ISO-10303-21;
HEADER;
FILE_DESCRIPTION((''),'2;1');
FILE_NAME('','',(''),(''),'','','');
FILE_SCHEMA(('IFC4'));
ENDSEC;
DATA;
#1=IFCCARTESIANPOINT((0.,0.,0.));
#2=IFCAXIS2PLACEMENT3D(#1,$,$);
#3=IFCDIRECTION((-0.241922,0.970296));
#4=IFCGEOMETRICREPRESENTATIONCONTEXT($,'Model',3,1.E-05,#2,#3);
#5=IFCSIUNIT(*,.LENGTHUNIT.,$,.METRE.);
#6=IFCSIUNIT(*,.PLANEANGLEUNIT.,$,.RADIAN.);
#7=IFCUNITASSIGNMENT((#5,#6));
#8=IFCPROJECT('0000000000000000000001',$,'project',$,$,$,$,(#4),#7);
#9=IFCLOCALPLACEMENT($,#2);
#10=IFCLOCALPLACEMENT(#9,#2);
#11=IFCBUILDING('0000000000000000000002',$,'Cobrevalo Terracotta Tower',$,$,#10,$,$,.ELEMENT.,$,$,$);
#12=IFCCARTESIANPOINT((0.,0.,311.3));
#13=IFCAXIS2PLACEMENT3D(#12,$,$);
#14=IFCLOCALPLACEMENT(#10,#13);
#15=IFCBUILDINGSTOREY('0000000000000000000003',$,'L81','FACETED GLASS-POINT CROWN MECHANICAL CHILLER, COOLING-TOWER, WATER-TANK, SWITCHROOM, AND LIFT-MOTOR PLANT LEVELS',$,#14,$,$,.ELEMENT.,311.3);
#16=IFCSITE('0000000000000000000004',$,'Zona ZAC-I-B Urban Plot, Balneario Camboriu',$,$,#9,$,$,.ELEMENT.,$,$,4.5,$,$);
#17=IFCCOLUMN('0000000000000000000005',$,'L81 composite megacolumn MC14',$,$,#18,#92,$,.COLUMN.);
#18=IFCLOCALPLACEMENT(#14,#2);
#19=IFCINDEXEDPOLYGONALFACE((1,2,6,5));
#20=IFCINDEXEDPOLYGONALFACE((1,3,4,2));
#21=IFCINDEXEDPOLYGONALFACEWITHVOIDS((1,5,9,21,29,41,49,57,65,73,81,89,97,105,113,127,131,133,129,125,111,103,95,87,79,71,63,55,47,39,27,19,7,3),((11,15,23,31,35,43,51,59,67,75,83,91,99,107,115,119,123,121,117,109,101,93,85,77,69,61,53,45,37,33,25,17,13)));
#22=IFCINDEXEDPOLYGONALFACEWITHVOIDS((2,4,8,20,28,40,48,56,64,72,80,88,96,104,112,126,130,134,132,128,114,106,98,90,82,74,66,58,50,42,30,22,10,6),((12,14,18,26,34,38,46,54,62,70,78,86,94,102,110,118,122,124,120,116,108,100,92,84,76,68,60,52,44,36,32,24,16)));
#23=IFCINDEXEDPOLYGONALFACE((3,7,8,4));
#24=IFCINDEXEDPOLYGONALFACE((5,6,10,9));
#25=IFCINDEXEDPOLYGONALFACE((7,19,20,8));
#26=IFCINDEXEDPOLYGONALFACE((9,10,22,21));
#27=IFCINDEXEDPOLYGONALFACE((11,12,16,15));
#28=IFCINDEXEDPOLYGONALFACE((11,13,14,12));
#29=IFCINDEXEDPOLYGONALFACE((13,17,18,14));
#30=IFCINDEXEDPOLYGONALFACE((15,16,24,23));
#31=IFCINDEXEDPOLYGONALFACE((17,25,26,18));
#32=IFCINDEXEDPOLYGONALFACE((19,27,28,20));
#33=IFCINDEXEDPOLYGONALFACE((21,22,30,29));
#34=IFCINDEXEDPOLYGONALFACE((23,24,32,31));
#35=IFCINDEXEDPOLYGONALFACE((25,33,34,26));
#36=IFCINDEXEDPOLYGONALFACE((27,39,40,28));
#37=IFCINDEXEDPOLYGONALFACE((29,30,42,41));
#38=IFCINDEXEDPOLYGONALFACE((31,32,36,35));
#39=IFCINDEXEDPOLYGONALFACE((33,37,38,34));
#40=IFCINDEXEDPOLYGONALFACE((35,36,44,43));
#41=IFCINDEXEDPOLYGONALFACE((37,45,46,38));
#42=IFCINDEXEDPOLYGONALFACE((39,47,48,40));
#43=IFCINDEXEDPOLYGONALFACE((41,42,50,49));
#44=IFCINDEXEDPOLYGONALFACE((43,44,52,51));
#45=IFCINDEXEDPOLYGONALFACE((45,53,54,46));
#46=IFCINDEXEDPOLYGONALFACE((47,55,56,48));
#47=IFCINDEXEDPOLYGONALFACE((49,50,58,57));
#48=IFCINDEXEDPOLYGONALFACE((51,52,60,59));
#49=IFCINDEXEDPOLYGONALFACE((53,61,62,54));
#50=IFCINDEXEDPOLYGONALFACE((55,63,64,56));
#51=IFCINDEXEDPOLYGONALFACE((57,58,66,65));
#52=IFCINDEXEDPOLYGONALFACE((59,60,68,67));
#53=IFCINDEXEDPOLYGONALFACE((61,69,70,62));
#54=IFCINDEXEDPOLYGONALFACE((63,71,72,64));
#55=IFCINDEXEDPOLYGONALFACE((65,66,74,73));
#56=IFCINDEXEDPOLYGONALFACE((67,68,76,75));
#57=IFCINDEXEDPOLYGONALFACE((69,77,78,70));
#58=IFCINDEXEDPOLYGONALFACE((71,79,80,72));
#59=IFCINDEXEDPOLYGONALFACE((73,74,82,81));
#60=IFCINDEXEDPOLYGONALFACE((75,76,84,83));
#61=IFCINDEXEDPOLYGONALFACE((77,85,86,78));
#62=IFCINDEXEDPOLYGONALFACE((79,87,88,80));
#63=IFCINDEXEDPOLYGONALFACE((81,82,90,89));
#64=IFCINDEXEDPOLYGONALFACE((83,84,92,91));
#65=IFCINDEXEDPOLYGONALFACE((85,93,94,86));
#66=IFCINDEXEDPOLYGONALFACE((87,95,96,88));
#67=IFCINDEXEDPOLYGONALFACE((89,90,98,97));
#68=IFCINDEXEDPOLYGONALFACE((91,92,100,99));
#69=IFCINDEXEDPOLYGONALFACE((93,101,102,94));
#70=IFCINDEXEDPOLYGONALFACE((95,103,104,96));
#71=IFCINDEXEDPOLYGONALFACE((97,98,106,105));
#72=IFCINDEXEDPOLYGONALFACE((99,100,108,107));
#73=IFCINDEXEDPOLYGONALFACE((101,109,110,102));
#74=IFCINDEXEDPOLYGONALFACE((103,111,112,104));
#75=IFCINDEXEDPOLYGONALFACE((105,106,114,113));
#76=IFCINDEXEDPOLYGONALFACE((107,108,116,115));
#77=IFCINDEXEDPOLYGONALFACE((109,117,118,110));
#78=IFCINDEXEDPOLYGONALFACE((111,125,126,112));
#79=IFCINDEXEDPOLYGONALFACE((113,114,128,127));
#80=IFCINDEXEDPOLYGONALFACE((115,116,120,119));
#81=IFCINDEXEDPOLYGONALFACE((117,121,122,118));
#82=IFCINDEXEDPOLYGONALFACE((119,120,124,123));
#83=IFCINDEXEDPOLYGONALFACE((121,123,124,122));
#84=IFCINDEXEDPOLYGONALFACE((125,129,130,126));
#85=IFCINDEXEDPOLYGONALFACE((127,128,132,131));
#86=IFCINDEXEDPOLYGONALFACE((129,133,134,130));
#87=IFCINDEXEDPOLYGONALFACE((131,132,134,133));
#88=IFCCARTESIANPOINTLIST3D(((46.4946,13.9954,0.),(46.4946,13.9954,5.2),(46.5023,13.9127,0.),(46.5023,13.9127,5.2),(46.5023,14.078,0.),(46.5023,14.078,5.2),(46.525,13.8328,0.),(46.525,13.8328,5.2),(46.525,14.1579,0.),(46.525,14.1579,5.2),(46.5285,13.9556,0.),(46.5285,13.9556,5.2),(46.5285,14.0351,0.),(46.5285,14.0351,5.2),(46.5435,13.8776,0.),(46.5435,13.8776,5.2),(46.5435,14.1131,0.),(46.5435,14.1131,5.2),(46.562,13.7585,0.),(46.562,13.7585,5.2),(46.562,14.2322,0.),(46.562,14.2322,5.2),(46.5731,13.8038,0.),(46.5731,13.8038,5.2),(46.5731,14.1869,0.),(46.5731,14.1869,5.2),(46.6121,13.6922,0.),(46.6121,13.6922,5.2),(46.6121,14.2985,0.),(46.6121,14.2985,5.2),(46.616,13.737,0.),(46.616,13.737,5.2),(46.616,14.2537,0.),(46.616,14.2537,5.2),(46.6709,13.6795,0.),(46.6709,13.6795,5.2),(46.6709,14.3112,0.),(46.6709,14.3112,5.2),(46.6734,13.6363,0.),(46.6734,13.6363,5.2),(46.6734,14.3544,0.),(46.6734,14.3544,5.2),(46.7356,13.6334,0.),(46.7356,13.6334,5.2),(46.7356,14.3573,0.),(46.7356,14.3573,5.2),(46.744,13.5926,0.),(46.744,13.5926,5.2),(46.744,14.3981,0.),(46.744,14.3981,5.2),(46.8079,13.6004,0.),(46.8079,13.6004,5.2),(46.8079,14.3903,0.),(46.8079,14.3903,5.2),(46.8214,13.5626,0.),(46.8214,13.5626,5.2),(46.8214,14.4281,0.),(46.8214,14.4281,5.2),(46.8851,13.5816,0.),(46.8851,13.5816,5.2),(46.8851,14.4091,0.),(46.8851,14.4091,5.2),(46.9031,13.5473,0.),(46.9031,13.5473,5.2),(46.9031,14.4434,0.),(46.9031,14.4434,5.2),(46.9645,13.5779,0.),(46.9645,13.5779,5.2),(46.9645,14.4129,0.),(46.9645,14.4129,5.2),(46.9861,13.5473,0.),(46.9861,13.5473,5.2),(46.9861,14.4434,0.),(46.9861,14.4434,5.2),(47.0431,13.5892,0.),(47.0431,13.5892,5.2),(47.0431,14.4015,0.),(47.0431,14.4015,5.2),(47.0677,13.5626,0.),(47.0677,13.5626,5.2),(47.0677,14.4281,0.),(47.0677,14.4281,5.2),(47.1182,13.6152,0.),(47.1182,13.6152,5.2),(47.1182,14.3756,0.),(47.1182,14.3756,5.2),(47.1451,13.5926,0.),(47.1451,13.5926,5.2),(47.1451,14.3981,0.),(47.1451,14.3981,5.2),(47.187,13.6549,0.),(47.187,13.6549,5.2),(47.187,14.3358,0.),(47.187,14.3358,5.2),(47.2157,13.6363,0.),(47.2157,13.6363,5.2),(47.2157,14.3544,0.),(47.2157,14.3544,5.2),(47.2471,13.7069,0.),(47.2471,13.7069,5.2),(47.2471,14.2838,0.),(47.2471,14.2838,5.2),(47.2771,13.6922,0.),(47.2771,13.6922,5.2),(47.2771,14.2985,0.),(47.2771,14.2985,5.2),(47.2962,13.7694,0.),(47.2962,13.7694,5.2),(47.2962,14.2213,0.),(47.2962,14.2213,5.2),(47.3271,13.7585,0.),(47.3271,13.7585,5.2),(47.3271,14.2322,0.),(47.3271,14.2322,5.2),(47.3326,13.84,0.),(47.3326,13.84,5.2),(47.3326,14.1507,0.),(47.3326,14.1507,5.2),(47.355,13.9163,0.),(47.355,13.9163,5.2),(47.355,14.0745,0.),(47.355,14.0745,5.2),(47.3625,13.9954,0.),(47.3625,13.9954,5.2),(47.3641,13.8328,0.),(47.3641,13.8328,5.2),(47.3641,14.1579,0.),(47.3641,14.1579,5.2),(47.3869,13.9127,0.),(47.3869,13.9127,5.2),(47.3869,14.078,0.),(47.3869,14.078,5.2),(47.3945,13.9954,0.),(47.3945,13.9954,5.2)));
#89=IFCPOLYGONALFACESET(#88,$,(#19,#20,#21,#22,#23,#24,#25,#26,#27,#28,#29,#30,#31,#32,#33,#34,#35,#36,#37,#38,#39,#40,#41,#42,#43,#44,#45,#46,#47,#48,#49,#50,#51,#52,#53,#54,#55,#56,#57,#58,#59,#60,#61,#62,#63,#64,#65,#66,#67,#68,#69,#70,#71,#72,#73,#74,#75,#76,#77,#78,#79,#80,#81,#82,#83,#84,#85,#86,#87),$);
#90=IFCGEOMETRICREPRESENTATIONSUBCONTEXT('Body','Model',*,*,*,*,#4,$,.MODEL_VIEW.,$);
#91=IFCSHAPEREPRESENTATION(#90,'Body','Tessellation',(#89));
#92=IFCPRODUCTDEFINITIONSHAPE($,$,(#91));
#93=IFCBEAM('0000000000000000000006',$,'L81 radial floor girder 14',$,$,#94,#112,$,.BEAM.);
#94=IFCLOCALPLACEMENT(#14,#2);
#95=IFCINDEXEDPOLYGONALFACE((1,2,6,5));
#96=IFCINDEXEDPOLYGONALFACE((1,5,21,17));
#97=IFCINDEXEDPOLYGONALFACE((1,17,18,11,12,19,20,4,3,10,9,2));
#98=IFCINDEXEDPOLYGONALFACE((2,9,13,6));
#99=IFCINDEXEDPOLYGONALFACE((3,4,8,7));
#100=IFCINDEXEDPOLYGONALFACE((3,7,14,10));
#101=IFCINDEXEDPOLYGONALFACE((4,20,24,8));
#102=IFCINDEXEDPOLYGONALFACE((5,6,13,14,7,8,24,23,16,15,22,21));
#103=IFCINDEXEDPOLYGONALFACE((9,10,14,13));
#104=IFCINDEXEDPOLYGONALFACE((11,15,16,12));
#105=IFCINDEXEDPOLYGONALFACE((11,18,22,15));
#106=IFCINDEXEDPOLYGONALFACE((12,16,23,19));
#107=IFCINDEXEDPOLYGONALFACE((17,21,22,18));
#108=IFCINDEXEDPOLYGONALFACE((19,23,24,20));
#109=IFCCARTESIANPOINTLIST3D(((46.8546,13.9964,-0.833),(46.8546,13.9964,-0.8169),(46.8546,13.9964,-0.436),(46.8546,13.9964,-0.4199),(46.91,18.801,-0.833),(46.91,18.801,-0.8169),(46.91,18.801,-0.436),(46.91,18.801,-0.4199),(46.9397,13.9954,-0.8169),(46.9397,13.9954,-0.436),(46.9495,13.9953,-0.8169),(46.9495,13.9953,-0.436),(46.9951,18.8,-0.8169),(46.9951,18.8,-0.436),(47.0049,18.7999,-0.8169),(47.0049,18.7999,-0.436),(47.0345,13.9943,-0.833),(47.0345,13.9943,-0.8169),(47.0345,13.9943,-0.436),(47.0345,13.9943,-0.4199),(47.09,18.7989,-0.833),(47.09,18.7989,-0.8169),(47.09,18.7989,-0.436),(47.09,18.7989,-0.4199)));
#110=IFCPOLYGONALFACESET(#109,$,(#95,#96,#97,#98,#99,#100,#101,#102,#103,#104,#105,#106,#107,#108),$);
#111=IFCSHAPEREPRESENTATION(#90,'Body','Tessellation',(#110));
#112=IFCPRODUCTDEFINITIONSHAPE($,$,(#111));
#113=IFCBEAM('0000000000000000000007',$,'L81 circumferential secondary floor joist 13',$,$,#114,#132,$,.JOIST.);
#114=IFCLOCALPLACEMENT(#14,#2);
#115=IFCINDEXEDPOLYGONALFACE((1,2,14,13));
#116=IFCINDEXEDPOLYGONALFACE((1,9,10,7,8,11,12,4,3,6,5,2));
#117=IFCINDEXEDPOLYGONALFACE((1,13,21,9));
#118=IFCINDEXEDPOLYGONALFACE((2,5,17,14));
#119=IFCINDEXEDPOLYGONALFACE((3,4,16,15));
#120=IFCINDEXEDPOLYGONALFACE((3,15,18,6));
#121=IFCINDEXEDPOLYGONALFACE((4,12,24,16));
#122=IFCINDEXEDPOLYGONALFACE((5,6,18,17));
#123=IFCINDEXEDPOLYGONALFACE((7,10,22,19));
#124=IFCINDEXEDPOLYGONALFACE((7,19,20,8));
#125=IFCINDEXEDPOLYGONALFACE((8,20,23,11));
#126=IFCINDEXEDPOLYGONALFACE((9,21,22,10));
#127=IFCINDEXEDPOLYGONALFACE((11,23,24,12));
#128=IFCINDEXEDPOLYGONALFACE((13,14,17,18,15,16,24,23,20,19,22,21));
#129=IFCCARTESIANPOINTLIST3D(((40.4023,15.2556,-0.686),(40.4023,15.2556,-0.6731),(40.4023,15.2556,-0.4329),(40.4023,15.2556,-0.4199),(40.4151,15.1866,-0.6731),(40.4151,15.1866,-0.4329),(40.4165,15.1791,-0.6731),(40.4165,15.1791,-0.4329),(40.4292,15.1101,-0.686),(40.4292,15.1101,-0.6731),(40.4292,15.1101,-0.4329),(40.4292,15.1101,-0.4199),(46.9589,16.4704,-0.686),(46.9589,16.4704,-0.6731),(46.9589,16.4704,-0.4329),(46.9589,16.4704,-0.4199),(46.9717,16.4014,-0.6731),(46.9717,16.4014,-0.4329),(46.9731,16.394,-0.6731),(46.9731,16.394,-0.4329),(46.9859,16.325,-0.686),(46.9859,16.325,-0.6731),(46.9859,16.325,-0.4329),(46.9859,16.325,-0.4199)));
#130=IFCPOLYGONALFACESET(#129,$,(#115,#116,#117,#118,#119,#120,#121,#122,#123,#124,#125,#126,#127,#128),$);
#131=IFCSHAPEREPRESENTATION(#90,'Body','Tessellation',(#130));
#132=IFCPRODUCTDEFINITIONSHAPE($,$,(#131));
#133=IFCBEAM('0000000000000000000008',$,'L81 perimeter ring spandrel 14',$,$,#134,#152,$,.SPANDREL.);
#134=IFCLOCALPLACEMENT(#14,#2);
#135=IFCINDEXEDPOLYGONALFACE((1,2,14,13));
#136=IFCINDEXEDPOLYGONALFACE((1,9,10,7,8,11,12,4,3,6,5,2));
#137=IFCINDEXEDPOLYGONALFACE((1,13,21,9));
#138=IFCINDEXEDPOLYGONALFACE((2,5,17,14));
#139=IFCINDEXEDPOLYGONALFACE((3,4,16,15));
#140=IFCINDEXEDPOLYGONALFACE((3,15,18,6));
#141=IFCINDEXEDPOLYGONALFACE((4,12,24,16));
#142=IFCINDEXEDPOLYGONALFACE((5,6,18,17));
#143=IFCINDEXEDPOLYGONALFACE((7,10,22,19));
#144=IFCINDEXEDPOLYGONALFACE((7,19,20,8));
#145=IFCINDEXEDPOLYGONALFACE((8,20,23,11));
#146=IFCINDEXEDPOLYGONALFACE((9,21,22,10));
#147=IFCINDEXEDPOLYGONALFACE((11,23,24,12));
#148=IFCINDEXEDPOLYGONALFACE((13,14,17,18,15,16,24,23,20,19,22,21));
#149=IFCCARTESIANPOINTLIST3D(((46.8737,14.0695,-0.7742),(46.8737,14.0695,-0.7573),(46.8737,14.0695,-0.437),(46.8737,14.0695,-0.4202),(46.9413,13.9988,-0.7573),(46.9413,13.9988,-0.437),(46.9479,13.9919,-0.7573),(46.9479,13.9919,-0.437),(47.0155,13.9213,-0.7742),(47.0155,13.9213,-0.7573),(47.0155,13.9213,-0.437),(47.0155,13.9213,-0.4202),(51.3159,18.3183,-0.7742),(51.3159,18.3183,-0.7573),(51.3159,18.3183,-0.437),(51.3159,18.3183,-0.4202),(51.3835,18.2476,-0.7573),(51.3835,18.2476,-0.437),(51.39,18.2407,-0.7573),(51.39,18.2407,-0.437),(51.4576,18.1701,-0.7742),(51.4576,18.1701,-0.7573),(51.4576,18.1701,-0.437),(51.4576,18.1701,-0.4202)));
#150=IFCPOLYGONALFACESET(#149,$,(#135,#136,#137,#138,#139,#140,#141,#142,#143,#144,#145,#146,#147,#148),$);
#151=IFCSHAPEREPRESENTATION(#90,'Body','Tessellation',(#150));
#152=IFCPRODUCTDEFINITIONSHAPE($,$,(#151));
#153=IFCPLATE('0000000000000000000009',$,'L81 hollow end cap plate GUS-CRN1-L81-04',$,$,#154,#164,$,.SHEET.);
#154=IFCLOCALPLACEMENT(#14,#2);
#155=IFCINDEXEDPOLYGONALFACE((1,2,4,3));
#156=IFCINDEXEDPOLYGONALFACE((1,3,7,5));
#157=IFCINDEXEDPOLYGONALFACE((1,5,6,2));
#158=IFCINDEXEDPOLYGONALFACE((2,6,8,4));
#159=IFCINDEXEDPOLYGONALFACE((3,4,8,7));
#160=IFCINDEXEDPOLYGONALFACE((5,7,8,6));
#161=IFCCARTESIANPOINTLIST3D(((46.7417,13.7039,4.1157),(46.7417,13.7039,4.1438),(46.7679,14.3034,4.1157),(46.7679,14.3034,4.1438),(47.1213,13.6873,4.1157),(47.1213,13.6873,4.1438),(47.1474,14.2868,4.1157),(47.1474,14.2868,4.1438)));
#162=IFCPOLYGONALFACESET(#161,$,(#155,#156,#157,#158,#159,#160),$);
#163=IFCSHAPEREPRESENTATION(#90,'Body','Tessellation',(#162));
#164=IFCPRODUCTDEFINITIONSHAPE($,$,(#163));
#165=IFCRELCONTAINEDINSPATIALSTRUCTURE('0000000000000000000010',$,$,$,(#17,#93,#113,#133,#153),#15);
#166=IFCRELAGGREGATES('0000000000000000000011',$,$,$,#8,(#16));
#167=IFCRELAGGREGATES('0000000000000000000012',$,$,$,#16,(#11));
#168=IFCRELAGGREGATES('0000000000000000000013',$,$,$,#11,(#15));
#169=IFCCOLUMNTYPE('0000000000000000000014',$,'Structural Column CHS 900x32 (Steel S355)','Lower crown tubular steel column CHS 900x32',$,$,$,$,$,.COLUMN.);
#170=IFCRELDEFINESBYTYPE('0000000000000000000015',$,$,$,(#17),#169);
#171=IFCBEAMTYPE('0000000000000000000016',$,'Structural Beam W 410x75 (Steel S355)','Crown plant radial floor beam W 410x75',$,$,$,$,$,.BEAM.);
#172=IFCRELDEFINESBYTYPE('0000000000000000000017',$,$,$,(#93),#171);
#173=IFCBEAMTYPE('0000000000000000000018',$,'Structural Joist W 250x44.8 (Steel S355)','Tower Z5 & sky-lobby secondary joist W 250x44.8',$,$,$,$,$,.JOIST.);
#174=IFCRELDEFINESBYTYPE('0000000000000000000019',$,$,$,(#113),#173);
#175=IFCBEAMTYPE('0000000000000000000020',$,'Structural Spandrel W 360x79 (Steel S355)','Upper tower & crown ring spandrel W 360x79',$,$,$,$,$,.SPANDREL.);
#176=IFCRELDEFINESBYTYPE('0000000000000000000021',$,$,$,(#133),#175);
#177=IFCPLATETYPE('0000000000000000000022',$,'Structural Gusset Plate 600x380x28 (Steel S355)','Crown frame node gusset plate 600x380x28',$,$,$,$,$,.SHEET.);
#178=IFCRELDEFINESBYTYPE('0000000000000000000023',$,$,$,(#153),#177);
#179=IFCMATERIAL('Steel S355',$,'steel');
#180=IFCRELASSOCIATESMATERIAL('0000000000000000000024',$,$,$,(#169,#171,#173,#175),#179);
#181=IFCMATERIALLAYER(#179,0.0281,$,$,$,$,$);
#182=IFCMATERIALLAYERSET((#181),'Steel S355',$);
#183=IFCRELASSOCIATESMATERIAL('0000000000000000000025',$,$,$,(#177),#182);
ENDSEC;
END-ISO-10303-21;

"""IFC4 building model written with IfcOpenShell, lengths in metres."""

from ifc_helpers import new_model, si_unit, direction, frame, origin, origin_2d, place, context, subcontext, project, spatial, rectangle, hollow_circle, i_section, extrude, source, transform, mapped, material, layer, layer_set, material_profile, profile_set, type_object, element, save


model = new_model("IFC4")

# Units and contexts
model_context = context("Model", 3, precision=1e-05, world=origin(), true_north=direction((-0.241922, 0.970296)))
body_context = subcontext(model_context, "Body", "Model", "MODEL_VIEW")
ifc_project = project(units=[si_unit("LENGTHUNIT", "METRE"), si_unit("PLANEANGLEUNIT", "RADIAN")], contexts=[model_context])

# Site, building, storey
site_placement = place(None, origin())
site = spatial("IfcSite", under=ifc_project, at=site_placement, Name="Zona ZAC-I-B Urban Plot, Balneario Camboriu", CompositionType="ELEMENT", RefElevation=4.5)
building_placement = place(site_placement, origin())
building = spatial("IfcBuilding", under=site, at=building_placement, Name="Cobrevalo Terracotta Tower", CompositionType="ELEMENT")
storey_placement = place(building_placement, frame((0.0, 0.0, 311.3)))
storey = spatial("IfcBuildingStorey", under=building, at=storey_placement, Name="L81", Description="FACETED GLASS-POINT CROWN MECHANICAL CHILLER, COOLING-TOWER, WATER-TANK, SWITCHROOM, AND LIFT-MOTOR PLANT LEVELS", CompositionType="ELEMENT", Elevation=311.3)

# Column
ifc_material_1 = material(Name="Steel S355", Category="steel")
ifc_material_profile_1 = material_profile(ifc_material_1, hollow_circle(Radius=0.45, WallThickness=0.032, at=origin_2d()), Name="CHS 900x32")
ifc_profile_set_1 = profile_set([ifc_material_profile_1], Name="Steel S355")
column_type = type_object("IfcColumnType", Name="Structural Column CHS 900x32 (Steel S355)", Description="Lower crown tubular steel column CHS 900x32", PredefinedType="COLUMN", material=ifc_profile_set_1)
column_placement = place(storey_placement, frame((46.9446, 13.9954, 0.0), z_axis=(0.0, 0.0, 1.0), x_axis=(1.0, 0.0, 0.0)))
element("IfcColumn", 1, at=column_placement, inside=storey, type_object=column_type, Name="L81 composite megacolumn MC14", PredefinedType="COLUMN", context=body_context, shape_type="SweptSolid", body=[
    extrude(hollow_circle(Radius=0.45, WallThickness=0.032, at=origin_2d()), origin(), (0.0, 0.0, 1.0), 5.2),
])

# Beams
ifc_material_profile_2 = material_profile(ifc_material_1, i_section(OverallWidth=0.1799, OverallDepth=0.4131, WebThickness=0.0098, FlangeThickness=0.0161, at=origin_2d()), Name="W 410x75")
ifc_profile_set_2 = profile_set([ifc_material_profile_2], Name="Steel S355")
beam_type_1 = type_object("IfcBeamType", Name="Structural Beam W 410x75 (Steel S355)", Description="Crown plant radial floor beam W 410x75", PredefinedType="BEAM", material=ifc_profile_set_2)
beam_1_placement = place(storey_placement, frame((46.9446, 13.9954, -0.6265), z_axis=(0.011534, 0.999933, 0.0), x_axis=(-0.999933, 0.011534, 0.0)))
element("IfcBeam", 2, at=beam_1_placement, inside=storey, type_object=beam_type_1, Name="L81 radial floor girder 14", PredefinedType="BEAM", context=body_context, shape_type="SweptSolid", body=[
    extrude(i_section(OverallWidth=0.1799, OverallDepth=0.4131, WebThickness=0.0098, FlangeThickness=0.0161, at=origin_2d()), origin(), (0.0, 0.0, 1.0), 4.8049),
])
ifc_material_profile_3 = material_profile(ifc_material_1, i_section(OverallWidth=0.1479, OverallDepth=0.2661, WebThickness=0.0076, FlangeThickness=0.0129, at=origin_2d()), Name="W 250x44.8")
ifc_profile_set_3 = profile_set([ifc_material_profile_3], Name="Steel S355")
beam_type_2 = type_object("IfcBeamType", Name="Structural Joist W 250x44.8 (Steel S355)", Description="Tower Z5 & sky-lobby secondary joist W 250x44.8", PredefinedType="JOIST", material=ifc_profile_set_3)
beam_2_placement = place(storey_placement, frame((40.4158, 15.1829, -0.553), z_axis=(0.983265, 0.182184, 0.0), x_axis=(-0.182184, 0.983265, 0.0)))
element("IfcBeam", 3, at=beam_2_placement, inside=storey, type_object=beam_type_2, Name="L81 circumferential secondary floor joist 13", PredefinedType="JOIST", context=body_context, shape_type="SweptSolid", body=[
    extrude(i_section(OverallWidth=0.1479, OverallDepth=0.2661, WebThickness=0.0076, FlangeThickness=0.0129, at=origin_2d()), origin(), (0.0, 0.0, 1.0), 6.6682),
])
ifc_material_profile_4 = material_profile(ifc_material_1, i_section(OverallWidth=0.2051, OverallDepth=0.354, WebThickness=0.0095, FlangeThickness=0.0168, at=origin_2d()), Name="W 360x79")
ifc_profile_set_4 = profile_set([ifc_material_profile_4], Name="Steel S355")
beam_type_3 = type_object("IfcBeamType", Name="Structural Spandrel W 360x79 (Steel S355)", Description="Upper tower & crown ring spandrel W 360x79", PredefinedType="SPANDREL", material=ifc_profile_set_4)
beam_3_placement = place(storey_placement, frame((46.9446, 13.9954, -0.5972), z_axis=(0.72266, 0.691204, 0.0), x_axis=(-0.691204, 0.72266, 0.0)))
element("IfcBeam", 4, at=beam_3_placement, inside=storey, type_object=beam_type_3, Name="L81 perimeter ring spandrel 14", PredefinedType="SPANDREL", context=body_context, shape_type="SweptSolid", body=[
    extrude(i_section(OverallWidth=0.2051, OverallDepth=0.354, WebThickness=0.0095, FlangeThickness=0.0168, at=origin_2d()), origin(), (0.0, 0.0, 1.0), 6.147),
])

# Plate
ifc_layer_1 = layer(ifc_material_1, 0.0281)
ifc_layer_set_1 = layer_set([ifc_layer_1], Name="Steel S355")
plate_type = type_object("IfcPlateType", Name="Structural Gusset Plate 600x380x28 (Steel S355)", Description="Crown frame node gusset plate 600x380x28", PredefinedType="SHEET", material=ifc_layer_set_1)
shared_shape_1 = source(origin(), body_context, "Body", "SweptSolid", [
    extrude(rectangle(XDim=0.6001, YDim=0.3799, at=origin_2d()), origin(), (0.0, 0.0, 1.0), 0.0281),
])
plate_placement = place(storey_placement, frame((46.9446, 13.9954, 4.1157), z_axis=(0.0, 0.0, 1.0), x_axis=(-0.0436, -0.999049, 0.0)))
element("IfcPlate", 5, at=plate_placement, inside=storey, type_object=plate_type, Name="L81 hollow end cap plate GUS-CRN1-L81-04", PredefinedType="SHEET", context=body_context, shape_type="MappedRepresentation", body=[
    mapped(shared_shape_1, transform((0.0, 0.0, 0.0), scale=1.0)),
])

save(model, "model.ifc")
